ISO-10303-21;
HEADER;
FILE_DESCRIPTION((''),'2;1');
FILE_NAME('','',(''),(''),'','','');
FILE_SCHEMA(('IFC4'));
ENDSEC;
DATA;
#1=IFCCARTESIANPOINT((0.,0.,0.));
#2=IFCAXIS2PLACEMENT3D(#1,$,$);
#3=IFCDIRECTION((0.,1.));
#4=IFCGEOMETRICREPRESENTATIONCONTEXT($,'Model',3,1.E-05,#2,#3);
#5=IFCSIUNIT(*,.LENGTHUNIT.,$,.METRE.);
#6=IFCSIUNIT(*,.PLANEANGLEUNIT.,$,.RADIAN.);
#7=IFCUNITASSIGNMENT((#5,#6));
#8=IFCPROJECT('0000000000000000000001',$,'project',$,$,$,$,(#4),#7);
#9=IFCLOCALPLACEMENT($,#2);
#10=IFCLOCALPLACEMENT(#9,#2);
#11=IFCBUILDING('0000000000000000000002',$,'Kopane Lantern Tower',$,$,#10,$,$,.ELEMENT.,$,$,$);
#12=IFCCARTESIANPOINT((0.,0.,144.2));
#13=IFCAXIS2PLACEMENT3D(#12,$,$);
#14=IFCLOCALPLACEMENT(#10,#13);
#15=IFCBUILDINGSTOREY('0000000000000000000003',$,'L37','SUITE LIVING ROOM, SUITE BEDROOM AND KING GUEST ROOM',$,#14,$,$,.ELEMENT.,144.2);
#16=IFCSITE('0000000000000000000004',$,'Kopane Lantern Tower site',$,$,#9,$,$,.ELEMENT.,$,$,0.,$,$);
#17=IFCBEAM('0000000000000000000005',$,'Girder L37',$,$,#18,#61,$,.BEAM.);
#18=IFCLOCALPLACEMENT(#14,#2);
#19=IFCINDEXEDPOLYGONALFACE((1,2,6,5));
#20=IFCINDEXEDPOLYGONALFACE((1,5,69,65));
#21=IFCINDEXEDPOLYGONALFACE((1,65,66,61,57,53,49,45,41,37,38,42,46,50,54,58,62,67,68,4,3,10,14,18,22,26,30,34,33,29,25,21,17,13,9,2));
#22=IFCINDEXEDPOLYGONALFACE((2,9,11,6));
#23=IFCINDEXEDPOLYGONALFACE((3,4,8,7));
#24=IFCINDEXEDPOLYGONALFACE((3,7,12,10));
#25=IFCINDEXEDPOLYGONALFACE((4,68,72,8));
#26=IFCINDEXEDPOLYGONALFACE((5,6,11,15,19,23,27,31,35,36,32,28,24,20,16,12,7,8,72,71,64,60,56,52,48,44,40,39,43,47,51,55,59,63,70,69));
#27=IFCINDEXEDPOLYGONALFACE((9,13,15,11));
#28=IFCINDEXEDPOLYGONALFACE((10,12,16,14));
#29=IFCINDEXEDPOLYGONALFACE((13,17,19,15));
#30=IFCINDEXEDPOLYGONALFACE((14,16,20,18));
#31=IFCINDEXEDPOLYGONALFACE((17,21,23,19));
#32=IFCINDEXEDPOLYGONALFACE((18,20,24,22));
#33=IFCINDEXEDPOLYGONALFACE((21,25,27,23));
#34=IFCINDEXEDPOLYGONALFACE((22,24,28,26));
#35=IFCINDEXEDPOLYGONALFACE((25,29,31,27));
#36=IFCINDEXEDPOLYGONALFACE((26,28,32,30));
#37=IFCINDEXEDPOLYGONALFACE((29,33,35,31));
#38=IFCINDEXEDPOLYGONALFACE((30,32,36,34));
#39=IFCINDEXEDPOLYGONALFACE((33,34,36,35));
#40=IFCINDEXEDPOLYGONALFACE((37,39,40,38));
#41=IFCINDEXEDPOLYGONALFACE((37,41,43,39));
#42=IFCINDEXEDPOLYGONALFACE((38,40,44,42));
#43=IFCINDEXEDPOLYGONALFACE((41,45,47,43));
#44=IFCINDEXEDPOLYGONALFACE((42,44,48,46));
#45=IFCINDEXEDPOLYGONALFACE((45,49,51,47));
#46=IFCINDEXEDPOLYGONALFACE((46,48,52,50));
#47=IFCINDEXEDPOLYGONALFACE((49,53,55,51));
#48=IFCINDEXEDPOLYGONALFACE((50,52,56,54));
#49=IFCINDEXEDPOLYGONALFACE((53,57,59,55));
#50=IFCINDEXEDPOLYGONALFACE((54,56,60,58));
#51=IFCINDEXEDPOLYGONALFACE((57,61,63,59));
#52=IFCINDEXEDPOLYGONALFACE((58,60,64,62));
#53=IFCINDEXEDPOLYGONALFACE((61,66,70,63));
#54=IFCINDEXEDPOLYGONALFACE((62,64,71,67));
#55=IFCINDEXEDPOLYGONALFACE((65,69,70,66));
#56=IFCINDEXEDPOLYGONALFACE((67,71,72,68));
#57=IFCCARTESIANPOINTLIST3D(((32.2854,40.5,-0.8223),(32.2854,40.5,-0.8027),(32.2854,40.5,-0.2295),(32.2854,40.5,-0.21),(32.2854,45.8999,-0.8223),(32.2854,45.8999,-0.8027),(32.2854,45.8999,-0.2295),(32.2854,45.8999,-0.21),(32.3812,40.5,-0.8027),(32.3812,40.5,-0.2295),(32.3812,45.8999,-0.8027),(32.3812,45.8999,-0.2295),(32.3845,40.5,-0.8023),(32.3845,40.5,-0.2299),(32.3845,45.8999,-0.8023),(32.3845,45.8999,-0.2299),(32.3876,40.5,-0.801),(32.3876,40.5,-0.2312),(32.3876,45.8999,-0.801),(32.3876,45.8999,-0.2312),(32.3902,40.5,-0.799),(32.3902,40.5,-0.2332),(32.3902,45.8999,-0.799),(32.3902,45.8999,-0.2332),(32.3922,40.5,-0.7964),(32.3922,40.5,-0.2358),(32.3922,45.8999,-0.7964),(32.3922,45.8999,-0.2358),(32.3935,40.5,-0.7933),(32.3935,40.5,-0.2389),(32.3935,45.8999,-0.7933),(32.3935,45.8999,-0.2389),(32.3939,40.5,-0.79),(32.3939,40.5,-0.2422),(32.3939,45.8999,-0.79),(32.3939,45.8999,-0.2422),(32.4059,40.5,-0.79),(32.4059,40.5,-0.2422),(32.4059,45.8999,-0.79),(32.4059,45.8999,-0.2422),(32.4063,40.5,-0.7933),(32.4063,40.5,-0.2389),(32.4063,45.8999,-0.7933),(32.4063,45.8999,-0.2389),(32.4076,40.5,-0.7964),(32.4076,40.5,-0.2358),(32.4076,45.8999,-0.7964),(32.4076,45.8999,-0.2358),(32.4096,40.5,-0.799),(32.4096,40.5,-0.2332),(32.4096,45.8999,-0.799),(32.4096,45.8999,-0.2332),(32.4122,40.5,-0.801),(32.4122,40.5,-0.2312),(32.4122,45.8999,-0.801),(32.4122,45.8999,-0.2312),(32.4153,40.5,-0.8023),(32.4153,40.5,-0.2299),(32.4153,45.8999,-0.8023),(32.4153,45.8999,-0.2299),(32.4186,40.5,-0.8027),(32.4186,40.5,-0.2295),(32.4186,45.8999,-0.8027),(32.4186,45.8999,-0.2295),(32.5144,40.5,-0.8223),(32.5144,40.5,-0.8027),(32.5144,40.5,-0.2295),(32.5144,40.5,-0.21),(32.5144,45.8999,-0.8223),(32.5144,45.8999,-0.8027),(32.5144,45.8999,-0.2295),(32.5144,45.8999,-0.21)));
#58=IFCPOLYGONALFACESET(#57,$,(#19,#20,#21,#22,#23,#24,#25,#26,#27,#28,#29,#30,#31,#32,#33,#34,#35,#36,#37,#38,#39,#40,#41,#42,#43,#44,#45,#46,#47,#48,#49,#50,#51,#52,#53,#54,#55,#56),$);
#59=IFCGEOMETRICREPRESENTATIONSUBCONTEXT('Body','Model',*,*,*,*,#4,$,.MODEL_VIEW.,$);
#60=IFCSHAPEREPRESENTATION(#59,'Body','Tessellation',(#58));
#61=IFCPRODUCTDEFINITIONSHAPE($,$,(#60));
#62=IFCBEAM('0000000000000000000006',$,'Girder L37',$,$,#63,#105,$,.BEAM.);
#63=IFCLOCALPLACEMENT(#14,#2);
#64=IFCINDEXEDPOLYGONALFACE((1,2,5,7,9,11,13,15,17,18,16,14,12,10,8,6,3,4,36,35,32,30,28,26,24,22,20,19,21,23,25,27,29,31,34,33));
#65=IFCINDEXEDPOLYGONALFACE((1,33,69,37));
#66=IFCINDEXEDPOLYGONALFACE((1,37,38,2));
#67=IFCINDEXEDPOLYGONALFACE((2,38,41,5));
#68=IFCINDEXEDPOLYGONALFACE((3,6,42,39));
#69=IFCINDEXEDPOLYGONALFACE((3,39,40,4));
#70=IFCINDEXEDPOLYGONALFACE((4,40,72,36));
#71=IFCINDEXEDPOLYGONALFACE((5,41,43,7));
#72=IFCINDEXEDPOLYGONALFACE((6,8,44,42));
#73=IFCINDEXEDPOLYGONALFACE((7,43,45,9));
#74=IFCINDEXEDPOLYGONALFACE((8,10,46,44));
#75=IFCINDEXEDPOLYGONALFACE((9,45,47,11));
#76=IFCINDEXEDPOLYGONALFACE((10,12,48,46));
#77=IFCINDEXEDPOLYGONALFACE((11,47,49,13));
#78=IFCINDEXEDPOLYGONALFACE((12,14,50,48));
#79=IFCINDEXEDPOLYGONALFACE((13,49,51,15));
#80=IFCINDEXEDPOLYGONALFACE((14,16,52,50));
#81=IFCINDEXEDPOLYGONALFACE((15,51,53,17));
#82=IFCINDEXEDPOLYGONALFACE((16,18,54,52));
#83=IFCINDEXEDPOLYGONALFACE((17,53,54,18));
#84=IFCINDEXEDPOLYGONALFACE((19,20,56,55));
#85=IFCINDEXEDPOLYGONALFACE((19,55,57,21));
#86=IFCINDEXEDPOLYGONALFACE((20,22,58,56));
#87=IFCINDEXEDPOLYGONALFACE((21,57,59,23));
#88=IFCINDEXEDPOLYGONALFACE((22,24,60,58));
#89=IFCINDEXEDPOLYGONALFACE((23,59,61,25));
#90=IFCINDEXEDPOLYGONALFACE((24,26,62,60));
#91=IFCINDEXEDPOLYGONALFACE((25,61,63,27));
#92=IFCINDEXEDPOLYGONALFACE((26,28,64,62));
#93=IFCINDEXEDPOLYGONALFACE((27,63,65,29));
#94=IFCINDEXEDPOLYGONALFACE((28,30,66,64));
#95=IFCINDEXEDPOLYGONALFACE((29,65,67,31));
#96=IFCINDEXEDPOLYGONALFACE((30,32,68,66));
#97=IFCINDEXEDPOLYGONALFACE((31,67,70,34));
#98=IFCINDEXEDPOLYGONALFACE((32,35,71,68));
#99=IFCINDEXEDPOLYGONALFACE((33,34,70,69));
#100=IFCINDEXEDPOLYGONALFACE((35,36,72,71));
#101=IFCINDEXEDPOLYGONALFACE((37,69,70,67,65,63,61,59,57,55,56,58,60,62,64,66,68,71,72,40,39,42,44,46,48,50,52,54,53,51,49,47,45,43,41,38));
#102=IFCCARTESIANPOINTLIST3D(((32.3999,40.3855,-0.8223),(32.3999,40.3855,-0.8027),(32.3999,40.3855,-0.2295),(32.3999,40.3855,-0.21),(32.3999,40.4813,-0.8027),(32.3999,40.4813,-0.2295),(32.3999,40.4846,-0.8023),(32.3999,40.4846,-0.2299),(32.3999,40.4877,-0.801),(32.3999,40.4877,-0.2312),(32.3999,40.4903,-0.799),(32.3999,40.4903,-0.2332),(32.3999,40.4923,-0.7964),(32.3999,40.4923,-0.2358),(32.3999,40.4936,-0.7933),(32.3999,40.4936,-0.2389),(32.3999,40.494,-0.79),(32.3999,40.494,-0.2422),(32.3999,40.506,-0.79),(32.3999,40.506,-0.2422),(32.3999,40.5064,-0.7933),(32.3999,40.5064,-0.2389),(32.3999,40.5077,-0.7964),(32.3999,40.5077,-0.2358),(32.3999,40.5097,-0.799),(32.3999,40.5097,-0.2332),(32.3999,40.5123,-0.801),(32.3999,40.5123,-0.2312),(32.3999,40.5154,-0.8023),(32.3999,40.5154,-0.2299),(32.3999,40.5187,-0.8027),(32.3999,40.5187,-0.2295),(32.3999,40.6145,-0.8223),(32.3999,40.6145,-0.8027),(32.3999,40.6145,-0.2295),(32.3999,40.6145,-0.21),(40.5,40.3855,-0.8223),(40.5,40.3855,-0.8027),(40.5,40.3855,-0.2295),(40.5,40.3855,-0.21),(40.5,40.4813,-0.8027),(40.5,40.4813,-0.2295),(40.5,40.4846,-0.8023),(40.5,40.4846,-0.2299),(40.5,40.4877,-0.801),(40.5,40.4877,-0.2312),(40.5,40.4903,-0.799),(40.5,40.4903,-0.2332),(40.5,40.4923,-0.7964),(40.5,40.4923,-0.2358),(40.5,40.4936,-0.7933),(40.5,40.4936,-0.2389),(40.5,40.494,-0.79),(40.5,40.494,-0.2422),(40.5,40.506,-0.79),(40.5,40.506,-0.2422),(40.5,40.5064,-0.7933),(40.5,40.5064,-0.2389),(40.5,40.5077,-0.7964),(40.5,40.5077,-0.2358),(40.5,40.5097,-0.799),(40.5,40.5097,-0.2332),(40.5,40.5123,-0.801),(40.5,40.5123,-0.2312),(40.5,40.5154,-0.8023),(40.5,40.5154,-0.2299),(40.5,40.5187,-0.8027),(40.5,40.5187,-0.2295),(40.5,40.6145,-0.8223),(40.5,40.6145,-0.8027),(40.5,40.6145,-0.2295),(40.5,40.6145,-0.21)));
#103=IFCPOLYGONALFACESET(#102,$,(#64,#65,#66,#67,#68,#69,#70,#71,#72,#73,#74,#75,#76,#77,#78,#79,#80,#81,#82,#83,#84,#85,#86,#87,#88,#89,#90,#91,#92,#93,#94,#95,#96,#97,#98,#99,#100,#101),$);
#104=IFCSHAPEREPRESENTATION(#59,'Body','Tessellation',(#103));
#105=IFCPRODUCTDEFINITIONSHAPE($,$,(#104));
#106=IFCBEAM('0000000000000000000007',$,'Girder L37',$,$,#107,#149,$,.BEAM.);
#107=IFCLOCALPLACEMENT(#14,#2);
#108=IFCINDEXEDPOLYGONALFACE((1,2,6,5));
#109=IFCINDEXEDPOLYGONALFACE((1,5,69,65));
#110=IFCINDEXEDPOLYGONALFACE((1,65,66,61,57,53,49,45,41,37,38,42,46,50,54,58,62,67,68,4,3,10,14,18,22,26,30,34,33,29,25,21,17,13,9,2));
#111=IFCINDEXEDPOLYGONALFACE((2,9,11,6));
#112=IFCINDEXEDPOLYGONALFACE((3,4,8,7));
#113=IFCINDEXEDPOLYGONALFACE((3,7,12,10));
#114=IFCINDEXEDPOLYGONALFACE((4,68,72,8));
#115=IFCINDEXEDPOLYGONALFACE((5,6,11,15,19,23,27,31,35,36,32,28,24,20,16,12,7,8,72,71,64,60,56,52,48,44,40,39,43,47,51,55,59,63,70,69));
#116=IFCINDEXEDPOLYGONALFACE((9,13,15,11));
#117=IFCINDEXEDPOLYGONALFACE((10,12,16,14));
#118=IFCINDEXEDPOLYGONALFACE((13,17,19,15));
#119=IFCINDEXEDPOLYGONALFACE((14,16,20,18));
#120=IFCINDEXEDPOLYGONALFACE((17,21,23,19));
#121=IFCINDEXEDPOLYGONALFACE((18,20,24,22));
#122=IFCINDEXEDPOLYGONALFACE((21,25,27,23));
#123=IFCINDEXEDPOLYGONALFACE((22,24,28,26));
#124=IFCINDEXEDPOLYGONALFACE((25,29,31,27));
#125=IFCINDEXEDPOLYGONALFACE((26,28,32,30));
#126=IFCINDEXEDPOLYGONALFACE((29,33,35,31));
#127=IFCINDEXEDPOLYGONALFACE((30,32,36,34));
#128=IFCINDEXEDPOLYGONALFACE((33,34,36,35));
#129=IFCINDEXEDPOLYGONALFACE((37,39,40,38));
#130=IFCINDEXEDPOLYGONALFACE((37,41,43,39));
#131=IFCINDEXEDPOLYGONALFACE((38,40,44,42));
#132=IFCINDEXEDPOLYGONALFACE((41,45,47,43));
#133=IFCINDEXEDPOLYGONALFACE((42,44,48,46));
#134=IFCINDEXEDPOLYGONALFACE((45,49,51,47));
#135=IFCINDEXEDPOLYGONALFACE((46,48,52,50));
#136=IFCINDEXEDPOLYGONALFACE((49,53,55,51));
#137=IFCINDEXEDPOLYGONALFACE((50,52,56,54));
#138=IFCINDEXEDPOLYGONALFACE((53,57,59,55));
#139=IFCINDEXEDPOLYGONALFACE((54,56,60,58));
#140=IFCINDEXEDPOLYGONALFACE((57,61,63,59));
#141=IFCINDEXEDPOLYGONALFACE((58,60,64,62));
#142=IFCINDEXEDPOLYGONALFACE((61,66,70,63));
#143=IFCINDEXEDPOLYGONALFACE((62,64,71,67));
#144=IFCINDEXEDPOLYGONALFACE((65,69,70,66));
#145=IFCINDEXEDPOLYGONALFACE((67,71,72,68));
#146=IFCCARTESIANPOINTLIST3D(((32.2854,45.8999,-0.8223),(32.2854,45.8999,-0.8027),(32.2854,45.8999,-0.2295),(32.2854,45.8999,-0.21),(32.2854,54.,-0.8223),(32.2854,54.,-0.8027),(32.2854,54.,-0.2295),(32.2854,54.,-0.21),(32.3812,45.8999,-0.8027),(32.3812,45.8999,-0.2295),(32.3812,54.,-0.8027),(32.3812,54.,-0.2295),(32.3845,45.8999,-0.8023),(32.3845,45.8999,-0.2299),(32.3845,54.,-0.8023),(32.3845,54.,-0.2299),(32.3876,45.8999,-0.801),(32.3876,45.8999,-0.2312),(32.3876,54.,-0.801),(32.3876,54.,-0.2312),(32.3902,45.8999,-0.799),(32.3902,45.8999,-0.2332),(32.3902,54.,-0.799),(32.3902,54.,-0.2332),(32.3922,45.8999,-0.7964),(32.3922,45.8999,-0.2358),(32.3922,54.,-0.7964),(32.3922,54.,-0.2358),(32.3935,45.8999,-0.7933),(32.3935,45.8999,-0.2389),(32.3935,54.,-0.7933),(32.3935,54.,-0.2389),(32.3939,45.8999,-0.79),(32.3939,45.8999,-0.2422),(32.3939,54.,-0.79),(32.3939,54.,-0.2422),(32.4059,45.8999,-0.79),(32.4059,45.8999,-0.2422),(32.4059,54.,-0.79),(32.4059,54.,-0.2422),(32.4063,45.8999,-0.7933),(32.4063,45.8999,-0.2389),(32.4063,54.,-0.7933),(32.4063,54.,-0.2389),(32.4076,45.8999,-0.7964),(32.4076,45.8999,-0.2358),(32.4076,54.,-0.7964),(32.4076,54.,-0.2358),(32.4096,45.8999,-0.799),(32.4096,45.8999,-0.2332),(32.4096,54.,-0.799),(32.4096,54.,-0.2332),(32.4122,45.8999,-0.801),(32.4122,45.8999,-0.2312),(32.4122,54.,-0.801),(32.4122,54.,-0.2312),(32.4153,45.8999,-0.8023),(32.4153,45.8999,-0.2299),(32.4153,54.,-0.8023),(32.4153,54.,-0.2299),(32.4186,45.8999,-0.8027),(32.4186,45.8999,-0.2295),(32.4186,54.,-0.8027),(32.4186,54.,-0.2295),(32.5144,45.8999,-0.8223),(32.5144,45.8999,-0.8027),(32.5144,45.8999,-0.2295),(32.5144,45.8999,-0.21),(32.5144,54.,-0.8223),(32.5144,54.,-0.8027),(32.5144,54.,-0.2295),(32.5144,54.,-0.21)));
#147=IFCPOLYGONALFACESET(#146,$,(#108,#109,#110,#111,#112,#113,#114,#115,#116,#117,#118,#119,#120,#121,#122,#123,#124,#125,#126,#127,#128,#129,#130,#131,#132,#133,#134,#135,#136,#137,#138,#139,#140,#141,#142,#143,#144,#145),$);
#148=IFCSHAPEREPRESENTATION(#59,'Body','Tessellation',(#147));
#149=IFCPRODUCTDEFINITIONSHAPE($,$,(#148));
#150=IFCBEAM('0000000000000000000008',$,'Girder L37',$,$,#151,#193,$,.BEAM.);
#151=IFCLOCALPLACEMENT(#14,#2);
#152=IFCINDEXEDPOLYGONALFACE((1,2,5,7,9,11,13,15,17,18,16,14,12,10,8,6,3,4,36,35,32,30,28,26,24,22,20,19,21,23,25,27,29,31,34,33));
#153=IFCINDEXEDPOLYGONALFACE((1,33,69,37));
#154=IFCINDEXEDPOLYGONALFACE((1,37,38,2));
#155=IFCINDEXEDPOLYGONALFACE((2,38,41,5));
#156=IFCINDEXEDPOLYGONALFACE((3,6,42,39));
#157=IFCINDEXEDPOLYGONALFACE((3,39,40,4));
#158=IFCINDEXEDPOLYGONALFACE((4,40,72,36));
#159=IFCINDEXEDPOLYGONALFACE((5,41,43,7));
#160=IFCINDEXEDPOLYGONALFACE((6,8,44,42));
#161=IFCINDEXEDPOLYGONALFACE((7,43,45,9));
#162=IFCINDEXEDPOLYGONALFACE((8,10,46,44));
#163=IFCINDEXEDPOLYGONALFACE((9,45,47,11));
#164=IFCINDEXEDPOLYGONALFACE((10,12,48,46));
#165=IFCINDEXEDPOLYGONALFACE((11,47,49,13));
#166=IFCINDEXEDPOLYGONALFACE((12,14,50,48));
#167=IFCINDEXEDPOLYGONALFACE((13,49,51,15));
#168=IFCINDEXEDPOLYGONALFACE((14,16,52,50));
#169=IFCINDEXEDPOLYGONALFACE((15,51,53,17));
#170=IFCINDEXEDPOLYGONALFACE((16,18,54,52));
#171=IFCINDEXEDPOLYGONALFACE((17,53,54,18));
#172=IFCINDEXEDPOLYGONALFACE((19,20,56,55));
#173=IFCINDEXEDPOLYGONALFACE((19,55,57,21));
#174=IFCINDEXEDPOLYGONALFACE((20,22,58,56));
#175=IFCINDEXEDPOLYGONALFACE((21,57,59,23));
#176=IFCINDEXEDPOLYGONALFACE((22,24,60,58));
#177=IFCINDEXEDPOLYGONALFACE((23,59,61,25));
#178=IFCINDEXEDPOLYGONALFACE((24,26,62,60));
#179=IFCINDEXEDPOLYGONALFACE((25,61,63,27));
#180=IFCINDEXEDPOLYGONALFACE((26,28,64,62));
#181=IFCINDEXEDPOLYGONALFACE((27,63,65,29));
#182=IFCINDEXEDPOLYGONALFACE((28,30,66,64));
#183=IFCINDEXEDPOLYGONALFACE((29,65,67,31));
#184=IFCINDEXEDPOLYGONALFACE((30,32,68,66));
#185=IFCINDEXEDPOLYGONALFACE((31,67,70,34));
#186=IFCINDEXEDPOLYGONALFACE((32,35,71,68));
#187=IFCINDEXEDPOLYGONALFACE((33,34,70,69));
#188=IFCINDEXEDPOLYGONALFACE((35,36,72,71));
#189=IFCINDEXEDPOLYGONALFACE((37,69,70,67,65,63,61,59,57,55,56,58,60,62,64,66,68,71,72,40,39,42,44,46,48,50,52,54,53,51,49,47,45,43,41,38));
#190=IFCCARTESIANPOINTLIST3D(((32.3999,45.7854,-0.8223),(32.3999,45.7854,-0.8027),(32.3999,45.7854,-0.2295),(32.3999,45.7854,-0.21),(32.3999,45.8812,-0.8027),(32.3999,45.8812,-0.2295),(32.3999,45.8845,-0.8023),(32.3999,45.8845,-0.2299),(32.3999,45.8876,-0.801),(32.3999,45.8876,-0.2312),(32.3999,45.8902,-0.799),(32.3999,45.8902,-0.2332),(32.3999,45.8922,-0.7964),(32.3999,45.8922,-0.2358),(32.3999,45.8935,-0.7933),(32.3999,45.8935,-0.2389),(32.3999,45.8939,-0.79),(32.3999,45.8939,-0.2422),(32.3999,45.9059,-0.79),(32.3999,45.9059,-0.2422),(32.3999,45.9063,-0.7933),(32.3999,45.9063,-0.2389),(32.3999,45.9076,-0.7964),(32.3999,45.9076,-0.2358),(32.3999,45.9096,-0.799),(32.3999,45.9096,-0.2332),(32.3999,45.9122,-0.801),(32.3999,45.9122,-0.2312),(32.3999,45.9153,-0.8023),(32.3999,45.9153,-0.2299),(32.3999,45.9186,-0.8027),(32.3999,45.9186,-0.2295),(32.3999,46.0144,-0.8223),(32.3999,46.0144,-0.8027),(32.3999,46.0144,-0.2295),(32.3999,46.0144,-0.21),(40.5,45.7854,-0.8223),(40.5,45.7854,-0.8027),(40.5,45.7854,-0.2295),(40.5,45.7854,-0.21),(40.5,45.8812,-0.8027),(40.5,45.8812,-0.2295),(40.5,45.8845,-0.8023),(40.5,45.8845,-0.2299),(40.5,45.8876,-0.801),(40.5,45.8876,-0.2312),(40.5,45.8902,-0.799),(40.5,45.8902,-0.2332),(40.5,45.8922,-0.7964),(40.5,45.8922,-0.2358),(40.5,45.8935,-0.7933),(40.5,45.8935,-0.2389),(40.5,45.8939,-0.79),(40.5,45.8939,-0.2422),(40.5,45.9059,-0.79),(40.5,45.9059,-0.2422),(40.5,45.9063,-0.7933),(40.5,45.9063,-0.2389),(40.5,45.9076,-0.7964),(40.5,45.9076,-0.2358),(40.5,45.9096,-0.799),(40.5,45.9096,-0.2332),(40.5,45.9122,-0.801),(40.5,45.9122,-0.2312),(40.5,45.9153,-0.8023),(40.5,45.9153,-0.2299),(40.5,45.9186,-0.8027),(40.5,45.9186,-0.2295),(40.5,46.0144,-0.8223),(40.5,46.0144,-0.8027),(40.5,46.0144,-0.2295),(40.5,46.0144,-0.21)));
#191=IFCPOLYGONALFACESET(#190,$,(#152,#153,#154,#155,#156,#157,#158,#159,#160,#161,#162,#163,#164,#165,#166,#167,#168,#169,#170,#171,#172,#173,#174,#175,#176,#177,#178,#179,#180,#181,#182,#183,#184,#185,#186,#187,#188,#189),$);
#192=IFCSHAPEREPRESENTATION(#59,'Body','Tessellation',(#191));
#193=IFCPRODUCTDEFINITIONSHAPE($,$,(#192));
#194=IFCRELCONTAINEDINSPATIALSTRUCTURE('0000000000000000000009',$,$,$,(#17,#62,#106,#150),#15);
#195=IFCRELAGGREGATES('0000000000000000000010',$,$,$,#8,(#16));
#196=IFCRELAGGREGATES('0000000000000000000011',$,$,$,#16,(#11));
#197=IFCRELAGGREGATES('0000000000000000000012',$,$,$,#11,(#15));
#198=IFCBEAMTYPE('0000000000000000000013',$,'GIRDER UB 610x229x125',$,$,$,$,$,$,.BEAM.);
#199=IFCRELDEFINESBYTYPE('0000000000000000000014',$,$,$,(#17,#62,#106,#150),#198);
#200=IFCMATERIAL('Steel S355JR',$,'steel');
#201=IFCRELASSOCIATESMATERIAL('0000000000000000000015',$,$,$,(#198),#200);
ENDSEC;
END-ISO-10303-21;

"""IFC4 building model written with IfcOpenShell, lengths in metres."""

from ifc_helpers import new_model, si_unit, direction, frame, origin, origin_2d, place, context, subcontext, project, spatial, i_section, extrude, material, material_profile, profile_set, type_object, element, save


model = new_model("IFC4")

# Units and contexts
model_context = context("Model", 3, precision=1e-05, world=origin(), true_north=direction((0.0, 1.0)))
body_context = subcontext(model_context, "Body", "Model", "MODEL_VIEW")
ifc_project = project(units=[si_unit("LENGTHUNIT", "METRE"), si_unit("PLANEANGLEUNIT", "RADIAN")], contexts=[model_context])

# Site, building, storey
site_placement = place(None, origin())
site = spatial("IfcSite", under=ifc_project, at=site_placement, Name="Kopane Lantern Tower site", CompositionType="ELEMENT", RefElevation=0.0)
building_placement = place(site_placement, origin())
building = spatial("IfcBuilding", under=site, at=building_placement, Name="Kopane Lantern Tower", CompositionType="ELEMENT")
storey_placement = place(building_placement, frame((0.0, 0.0, 144.2)))
storey = spatial("IfcBuildingStorey", under=building, at=storey_placement, Name="L37", Description="SUITE LIVING ROOM, SUITE BEDROOM AND KING GUEST ROOM", CompositionType="ELEMENT", Elevation=144.2)

# Beams
ifc_material_1 = material(Name="Steel S355JR", Category="steel")
ifc_material_profile_1 = material_profile(ifc_material_1, i_section(OverallWidth=0.229, OverallDepth=0.6123, WebThickness=0.012, FlangeThickness=0.0195, FilletRadius=0.0127, at=origin_2d()), Name="UB 610x229x125")
ifc_profile_set_1 = profile_set([ifc_material_profile_1], Name="Steel S355JR")
beam_type = type_object("IfcBeamType", Name="GIRDER UB 610x229x125", PredefinedType="BEAM", material=ifc_profile_set_1)
beam_1_placement = place(storey_placement, frame((32.3999, 40.5, -0.5161), z_axis=(0.0, 1.0, 0.0), x_axis=(-1.0, 0.0, 0.0)))
element("IfcBeam", 1, at=beam_1_placement, inside=storey, type_object=beam_type, Name="Girder L37", PredefinedType="BEAM", context=body_context, shape_type="SweptSolid", body=[
    extrude(i_section(OverallWidth=0.229, OverallDepth=0.6123, WebThickness=0.012, FlangeThickness=0.0195, FilletRadius=0.0127, at=origin_2d()), origin(), (0.0, 0.0, 1.0), 5.3999),
])
for number, where, z_axis, x_axis, name in (
    (2, (32.3999, 40.5, -0.5161), (1.0, 0.0, 0.0), (0.0, 1.0, 0.0), "Girder L37"),
    (3, (32.3999, 45.8999, -0.5161), (0.0, 1.0, 0.0), (-1.0, 0.0, 0.0), "Girder L37"),
    (4, (32.3999, 45.8999, -0.5161), (1.0, 0.0, 0.0), (0.0, 1.0, 0.0), "Girder L37"),
):
    element("IfcBeam", number, at=place(storey_placement, frame(where, z_axis=z_axis, x_axis=x_axis)), inside=storey, type_object=beam_type, Name=name, PredefinedType="BEAM", context=body_context, shape_type="SweptSolid", body=[
        extrude(i_section(OverallWidth=0.229, OverallDepth=0.6123, WebThickness=0.012, FlangeThickness=0.0195, FilletRadius=0.0127, at=origin_2d()), origin(), (0.0, 0.0, 1.0), 8.1001),
    ])

save(model, "model.ifc")
